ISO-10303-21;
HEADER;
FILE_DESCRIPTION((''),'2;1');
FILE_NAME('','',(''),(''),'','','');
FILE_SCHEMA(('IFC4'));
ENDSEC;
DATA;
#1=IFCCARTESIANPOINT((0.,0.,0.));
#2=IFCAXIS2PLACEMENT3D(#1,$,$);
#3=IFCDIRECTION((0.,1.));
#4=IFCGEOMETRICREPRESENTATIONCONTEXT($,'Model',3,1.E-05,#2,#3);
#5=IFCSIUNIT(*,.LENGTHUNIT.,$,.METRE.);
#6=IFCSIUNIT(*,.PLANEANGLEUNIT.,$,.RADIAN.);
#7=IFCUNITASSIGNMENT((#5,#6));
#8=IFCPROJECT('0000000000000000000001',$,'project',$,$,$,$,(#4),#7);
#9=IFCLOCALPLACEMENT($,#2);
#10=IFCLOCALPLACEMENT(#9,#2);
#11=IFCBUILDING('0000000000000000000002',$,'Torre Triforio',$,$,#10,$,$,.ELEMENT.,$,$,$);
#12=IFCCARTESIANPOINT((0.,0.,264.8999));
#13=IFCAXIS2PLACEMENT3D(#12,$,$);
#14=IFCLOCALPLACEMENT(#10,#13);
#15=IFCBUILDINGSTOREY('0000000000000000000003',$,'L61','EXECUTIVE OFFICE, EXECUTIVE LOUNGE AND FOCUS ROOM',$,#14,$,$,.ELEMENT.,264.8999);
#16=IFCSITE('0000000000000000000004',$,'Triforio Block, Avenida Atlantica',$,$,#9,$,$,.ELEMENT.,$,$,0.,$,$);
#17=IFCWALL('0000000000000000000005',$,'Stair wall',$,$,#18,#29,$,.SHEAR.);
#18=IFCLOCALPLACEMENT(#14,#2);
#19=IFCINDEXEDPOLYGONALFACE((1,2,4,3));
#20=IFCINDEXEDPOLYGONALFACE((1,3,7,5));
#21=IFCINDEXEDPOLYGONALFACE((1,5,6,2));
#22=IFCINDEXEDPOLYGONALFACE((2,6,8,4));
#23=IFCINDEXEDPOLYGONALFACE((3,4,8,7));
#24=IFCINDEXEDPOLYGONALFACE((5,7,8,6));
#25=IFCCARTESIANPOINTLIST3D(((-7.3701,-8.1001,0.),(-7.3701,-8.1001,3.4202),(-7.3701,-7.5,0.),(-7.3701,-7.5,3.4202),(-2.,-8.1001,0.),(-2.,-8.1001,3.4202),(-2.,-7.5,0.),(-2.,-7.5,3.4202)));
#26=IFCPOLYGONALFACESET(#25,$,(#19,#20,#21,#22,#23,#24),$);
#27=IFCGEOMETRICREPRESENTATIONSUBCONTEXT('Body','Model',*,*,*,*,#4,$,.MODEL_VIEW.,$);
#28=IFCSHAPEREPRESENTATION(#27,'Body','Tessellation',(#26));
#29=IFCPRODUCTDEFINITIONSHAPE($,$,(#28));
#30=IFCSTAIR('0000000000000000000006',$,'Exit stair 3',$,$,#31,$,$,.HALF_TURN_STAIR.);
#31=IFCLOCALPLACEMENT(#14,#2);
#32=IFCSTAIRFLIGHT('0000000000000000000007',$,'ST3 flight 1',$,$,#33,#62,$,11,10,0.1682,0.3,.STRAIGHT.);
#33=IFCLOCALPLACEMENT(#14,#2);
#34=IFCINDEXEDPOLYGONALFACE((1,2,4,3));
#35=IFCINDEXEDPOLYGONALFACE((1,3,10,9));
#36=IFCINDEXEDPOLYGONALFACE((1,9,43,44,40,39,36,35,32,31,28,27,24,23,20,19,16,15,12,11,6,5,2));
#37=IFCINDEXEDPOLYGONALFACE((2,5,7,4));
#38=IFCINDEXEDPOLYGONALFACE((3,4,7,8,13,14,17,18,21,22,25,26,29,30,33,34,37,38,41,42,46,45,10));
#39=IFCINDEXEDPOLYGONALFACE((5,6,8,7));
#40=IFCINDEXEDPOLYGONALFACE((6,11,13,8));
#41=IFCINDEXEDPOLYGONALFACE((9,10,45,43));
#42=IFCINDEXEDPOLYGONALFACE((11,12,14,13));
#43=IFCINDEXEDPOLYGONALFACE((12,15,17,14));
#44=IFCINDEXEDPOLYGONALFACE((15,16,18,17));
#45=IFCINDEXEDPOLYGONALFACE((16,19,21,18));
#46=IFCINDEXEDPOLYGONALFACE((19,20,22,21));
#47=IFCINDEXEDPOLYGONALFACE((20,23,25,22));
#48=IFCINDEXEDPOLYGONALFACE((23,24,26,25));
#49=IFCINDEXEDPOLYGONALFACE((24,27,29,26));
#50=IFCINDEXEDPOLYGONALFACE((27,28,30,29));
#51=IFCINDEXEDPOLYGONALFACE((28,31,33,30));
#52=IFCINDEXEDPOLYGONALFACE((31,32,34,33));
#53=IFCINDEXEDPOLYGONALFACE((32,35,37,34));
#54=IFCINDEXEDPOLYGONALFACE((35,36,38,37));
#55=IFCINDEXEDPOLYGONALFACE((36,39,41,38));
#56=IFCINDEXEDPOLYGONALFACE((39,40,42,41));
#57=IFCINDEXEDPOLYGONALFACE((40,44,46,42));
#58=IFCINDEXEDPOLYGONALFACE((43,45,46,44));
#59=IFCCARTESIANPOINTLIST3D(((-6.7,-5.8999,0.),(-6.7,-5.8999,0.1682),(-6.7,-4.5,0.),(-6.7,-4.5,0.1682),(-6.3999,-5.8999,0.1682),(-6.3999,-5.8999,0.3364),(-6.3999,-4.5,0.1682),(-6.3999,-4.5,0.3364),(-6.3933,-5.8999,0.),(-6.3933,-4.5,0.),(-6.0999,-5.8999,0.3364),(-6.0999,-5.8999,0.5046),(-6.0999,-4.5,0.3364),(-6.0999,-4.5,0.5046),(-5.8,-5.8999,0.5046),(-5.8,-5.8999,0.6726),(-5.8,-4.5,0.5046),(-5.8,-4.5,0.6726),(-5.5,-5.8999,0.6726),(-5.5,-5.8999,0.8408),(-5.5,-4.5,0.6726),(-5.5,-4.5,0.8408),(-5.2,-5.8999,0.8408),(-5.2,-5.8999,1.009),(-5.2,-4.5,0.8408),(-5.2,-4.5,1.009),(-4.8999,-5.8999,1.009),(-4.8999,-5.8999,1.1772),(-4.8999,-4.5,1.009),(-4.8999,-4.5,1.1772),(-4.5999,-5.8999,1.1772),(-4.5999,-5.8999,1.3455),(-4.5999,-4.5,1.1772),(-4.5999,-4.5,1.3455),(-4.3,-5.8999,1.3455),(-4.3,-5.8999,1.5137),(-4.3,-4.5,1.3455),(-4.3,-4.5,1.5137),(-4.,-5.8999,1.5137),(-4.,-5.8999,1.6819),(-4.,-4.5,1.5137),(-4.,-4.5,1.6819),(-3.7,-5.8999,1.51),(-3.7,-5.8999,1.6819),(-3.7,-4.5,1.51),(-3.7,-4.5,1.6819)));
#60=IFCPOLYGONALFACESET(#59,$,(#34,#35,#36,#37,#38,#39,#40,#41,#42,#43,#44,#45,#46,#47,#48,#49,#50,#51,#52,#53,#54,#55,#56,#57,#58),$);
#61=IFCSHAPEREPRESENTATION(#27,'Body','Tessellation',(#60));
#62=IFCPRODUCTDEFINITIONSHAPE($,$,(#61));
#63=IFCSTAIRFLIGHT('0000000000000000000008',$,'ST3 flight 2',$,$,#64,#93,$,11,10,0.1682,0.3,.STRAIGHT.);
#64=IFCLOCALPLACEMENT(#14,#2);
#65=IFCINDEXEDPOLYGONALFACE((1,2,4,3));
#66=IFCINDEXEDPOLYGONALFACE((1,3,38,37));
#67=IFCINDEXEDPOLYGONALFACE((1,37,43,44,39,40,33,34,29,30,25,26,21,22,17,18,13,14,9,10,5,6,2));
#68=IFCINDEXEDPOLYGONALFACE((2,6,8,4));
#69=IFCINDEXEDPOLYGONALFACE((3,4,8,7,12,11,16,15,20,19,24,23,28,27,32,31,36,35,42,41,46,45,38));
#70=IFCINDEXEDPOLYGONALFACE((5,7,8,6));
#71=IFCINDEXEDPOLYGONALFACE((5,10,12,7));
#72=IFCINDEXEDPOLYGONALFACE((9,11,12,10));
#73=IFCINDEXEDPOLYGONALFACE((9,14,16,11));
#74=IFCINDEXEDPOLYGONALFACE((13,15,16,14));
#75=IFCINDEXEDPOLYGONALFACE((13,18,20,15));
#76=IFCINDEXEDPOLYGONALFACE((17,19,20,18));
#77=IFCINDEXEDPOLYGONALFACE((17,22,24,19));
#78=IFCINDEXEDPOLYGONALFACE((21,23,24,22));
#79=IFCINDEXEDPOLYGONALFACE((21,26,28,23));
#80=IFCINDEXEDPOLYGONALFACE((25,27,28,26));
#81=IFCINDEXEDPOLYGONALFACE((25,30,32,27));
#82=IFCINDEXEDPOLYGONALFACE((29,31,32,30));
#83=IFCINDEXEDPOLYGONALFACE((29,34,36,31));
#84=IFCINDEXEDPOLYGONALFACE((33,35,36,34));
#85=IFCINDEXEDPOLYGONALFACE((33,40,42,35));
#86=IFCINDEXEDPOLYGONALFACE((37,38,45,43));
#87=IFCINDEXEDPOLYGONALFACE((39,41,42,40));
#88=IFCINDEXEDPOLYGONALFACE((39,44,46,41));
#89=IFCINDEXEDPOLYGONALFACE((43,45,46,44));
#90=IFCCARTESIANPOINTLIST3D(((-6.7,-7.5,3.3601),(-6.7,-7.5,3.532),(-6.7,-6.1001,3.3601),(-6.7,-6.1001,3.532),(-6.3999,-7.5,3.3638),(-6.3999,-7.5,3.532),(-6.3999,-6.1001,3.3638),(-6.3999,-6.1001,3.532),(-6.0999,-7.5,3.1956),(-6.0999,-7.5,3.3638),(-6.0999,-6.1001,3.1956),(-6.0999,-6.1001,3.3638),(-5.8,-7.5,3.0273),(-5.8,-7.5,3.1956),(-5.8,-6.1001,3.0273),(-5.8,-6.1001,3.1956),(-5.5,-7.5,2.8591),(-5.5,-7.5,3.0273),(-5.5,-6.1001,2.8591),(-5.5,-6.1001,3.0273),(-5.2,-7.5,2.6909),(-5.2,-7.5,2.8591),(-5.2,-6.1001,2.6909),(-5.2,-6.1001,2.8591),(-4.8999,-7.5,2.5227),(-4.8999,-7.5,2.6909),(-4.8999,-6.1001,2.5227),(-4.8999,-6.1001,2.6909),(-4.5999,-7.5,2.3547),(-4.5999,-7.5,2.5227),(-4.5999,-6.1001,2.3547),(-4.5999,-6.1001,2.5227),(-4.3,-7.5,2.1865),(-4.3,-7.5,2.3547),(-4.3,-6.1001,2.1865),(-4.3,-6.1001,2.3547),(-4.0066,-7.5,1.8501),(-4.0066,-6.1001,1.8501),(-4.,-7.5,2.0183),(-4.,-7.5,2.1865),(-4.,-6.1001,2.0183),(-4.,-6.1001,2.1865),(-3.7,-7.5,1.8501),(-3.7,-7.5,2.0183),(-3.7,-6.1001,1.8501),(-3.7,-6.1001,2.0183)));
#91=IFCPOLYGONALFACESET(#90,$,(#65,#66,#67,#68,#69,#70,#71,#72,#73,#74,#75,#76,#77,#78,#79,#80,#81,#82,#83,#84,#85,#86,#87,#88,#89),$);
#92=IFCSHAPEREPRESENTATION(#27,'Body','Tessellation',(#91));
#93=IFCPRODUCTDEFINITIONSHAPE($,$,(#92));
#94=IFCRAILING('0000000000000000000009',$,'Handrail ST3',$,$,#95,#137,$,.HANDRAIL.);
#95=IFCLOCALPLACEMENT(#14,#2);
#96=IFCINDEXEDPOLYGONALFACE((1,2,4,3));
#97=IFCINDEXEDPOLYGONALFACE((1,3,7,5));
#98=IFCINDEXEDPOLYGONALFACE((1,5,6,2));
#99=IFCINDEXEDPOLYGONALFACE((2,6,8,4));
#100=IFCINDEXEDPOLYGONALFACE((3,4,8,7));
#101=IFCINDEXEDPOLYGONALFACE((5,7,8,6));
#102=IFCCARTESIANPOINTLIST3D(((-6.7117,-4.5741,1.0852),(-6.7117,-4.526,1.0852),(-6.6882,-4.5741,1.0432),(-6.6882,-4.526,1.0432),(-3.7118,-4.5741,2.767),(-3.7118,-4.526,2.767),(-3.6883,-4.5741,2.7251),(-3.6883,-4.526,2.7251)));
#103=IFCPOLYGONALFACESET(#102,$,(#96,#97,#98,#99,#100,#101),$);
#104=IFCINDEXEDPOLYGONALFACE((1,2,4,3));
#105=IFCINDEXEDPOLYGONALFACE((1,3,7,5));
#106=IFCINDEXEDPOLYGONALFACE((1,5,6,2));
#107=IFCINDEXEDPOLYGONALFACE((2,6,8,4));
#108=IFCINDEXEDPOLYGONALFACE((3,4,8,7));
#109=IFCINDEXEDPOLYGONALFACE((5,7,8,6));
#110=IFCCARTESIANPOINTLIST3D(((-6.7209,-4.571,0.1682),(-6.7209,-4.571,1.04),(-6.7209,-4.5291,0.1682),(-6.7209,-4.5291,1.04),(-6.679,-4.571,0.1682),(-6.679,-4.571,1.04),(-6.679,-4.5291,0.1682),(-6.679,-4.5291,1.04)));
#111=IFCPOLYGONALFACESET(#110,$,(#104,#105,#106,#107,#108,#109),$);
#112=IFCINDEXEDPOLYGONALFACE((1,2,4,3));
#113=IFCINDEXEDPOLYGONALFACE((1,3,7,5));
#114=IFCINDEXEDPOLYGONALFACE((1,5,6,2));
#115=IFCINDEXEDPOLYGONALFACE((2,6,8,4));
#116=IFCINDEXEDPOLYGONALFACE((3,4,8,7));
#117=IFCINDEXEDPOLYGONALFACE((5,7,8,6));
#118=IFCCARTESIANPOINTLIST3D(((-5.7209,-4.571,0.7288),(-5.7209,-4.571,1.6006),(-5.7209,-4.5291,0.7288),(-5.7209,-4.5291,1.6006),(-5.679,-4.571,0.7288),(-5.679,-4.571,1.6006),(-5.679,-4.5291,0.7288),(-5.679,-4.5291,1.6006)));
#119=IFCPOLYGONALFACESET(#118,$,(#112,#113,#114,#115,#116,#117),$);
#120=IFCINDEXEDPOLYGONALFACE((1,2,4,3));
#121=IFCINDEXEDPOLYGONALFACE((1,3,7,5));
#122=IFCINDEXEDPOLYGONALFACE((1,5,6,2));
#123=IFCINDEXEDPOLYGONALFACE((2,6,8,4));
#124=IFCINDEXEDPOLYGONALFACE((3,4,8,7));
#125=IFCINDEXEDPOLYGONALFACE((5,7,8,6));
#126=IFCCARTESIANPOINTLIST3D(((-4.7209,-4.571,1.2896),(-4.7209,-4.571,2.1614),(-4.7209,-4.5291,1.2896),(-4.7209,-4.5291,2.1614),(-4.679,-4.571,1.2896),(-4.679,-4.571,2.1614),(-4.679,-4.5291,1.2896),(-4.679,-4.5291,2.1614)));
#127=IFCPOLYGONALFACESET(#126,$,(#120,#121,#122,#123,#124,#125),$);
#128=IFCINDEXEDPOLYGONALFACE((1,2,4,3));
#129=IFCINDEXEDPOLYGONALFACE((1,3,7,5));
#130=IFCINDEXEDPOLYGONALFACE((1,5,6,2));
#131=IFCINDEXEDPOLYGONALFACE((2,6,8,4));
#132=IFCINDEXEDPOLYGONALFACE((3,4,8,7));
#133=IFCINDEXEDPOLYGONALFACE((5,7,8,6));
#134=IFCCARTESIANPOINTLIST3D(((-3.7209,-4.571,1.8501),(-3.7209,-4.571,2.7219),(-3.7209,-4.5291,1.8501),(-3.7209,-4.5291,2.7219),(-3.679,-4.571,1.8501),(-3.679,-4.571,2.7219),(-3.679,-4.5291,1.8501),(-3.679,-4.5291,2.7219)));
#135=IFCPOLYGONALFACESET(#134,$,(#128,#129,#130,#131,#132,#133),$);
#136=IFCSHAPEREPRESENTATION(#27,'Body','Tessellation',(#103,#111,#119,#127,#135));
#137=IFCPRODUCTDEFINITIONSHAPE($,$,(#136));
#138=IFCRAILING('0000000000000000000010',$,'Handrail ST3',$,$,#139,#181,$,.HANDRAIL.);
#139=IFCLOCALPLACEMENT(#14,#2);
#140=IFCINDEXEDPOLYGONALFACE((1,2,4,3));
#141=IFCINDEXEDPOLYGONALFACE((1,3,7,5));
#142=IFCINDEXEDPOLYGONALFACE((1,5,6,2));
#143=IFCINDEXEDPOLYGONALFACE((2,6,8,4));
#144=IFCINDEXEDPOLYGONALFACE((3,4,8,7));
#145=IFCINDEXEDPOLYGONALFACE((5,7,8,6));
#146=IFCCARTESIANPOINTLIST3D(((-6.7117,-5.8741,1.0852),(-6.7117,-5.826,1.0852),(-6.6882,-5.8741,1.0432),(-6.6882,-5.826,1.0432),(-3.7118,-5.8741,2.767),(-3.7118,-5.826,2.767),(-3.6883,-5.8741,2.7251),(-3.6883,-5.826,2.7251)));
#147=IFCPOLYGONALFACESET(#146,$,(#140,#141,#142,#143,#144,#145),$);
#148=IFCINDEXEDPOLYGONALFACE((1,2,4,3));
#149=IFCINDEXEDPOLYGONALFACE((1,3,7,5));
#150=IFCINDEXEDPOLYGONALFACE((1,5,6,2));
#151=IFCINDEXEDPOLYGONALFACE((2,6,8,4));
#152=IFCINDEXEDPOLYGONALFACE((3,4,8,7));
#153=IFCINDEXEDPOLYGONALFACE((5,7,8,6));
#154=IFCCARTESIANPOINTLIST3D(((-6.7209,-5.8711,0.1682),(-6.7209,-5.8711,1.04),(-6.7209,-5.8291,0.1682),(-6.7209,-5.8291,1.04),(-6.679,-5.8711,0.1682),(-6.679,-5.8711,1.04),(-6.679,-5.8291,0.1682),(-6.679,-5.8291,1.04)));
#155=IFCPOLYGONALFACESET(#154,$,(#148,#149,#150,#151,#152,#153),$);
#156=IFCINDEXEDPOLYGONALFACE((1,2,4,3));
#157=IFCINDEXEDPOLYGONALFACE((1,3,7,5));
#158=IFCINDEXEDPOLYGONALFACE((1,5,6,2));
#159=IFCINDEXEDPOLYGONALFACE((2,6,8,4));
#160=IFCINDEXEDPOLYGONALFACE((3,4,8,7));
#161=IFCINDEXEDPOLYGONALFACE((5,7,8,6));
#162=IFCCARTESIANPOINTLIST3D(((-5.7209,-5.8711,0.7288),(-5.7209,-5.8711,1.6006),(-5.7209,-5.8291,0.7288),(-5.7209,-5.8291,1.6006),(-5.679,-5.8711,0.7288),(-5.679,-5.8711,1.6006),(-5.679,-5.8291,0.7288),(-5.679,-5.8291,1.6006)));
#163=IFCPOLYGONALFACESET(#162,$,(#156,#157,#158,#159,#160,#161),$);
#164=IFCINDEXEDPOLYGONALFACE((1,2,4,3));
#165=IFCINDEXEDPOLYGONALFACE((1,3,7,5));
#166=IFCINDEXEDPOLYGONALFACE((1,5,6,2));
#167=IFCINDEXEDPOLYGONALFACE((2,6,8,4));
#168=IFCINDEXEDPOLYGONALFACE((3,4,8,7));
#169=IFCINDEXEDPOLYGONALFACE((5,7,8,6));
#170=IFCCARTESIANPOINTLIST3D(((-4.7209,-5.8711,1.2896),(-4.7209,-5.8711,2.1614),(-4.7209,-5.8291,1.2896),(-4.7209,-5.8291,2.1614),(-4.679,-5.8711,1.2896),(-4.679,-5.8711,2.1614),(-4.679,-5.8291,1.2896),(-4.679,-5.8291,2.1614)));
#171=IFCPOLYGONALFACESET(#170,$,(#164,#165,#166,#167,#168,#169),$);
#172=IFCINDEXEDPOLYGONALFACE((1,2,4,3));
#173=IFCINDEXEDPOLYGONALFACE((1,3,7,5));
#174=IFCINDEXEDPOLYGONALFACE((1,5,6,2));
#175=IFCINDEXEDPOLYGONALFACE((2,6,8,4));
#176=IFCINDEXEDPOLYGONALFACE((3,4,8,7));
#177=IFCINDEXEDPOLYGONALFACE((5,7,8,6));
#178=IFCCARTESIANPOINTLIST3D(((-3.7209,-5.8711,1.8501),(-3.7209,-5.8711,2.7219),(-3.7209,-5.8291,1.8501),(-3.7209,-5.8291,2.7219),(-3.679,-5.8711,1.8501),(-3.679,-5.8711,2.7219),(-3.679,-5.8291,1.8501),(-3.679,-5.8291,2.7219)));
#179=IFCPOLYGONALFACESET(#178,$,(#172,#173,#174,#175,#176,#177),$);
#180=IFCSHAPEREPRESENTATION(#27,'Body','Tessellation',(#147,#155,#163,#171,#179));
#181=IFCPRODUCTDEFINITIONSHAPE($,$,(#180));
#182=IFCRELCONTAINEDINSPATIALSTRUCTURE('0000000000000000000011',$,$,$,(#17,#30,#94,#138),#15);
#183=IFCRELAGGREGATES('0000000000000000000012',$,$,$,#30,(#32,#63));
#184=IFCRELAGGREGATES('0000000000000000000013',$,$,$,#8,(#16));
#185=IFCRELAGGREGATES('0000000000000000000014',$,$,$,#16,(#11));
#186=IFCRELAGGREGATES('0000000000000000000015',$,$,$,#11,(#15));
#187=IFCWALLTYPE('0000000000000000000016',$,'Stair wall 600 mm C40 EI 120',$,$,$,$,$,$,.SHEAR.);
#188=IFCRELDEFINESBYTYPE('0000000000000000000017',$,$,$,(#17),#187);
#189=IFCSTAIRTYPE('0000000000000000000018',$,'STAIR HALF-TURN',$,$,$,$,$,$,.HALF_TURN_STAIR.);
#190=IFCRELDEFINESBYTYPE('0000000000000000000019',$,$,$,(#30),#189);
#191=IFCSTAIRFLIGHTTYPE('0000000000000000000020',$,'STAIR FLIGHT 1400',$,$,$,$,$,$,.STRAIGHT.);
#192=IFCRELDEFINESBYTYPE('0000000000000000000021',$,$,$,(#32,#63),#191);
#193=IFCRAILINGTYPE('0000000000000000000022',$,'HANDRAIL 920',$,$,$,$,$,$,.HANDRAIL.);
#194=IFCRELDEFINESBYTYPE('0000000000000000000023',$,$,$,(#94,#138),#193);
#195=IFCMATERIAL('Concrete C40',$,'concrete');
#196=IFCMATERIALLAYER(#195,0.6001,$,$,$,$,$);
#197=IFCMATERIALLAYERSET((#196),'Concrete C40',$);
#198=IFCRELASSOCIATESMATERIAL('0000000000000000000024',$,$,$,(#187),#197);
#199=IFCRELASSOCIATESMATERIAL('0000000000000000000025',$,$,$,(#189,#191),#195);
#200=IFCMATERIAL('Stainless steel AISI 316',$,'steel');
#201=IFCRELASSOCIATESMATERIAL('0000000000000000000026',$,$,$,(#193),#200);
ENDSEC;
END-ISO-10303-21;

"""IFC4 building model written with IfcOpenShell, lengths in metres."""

from ifc_helpers import new_model, si_unit, direction, frame, frame_2d, origin, origin_2d, place, context, subcontext, project, spatial, polyline, rectangle, outline, extrude, material, layer, layer_set, type_object, element, aggregate, save


model = new_model("IFC4")

# Units and contexts
model_context = context("Model", 3, precision=1e-05, world=origin(), true_north=direction((0.0, 1.0)))
body_context = subcontext(model_context, "Body", "Model", "MODEL_VIEW")
ifc_project = project(units=[si_unit("LENGTHUNIT", "METRE"), si_unit("PLANEANGLEUNIT", "RADIAN")], contexts=[model_context])

# Site, building, storey
site_placement = place(None, origin())
site = spatial("IfcSite", under=ifc_project, at=site_placement, Name="Triforio Block, Avenida Atlantica", CompositionType="ELEMENT", RefElevation=0.0)
building_placement = place(site_placement, origin())
building = spatial("IfcBuilding", under=site, at=building_placement, Name="Torre Triforio", CompositionType="ELEMENT")
storey_placement = place(building_placement, frame((0.0, 0.0, 264.8999)))
storey = spatial("IfcBuildingStorey", under=building, at=storey_placement, Name="L61", Description="EXECUTIVE OFFICE, EXECUTIVE LOUNGE AND FOCUS ROOM", CompositionType="ELEMENT", Elevation=264.8999)

# Shared definitions
ifc_material_1 = material(Name="Concrete C40", Category="concrete")

# Wall
ifc_layer_1 = layer(ifc_material_1, 0.6001)
ifc_layer_set_1 = layer_set([ifc_layer_1], Name="Concrete C40")
wall_type_1 = type_object("IfcWallType", Name="Stair wall 600 mm C40 EI 120", PredefinedType="SHEAR", material=ifc_layer_set_1)
wall_1_placement = place(storey_placement, frame((-7.3701, -7.8, 0.0), z_axis=(0.0, 0.0, 1.0), x_axis=(1.0, 0.0, 0.0)))
element("IfcWall", 1, at=wall_1_placement, inside=storey, type_object=wall_type_1, Name="Stair wall", PredefinedType="SHEAR", context=body_context, shape_type="SweptSolid", body=[
    extrude(rectangle(XDim=5.3701, YDim=0.6001, at=frame_2d((2.6851, 0.0))), origin(), (0.0, 0.0, 1.0), 3.4202),
])

# Stair, stair flights
stair_type = type_object("IfcStairType", Name="STAIR HALF-TURN", PredefinedType="HALF_TURN_STAIR", material=ifc_material_1)
stair_placement = place(storey_placement, origin())
stair = element("IfcStair", 2, at=stair_placement, inside=storey, type_object=stair_type, Name="Exit stair 3", PredefinedType="HALF_TURN_STAIR")
stair_flight_type = type_object("IfcStairFlightType", Name="STAIR FLIGHT 1400", PredefinedType="STRAIGHT", material=ifc_material_1)
stair_flight_1_placement = place(storey_placement, frame((-6.7, -5.2, 0.0), z_axis=(0.0, 0.0, 1.0), x_axis=(1.0, 0.0, 0.0)))
stair_flight_1 = element("IfcStairFlight", 3, at=stair_flight_1_placement, type_object=stair_flight_type, Name="ST3 flight 1", NumberOfRisers=11, NumberOfTreads=10, PredefinedType="STRAIGHT", RiserHeight=0.1682, TreadLength=0.3, context=body_context, shape_type="SweptSolid", body=[
    extrude(outline(polyline([(0.0, 0.0), (0.0, 0.1682), (0.3, 0.1682), (0.3, 0.3364), (0.6001, 0.3364), (0.6001, 0.5046), (0.8999, 0.5046), (0.8999, 0.6726), (1.2, 0.6726), (1.2, 0.8408), (1.5, 0.8408), (1.5, 1.009), (1.8, 1.009), (1.8, 1.1772), (2.1001, 1.1772), (2.1001, 1.3455), (2.3999, 1.3455), (2.3999, 1.5137), (2.7, 1.5137), (2.7, 1.6819), (3.0, 1.6819), (3.0, 1.8501), (3.0, 1.51), (0.3066, 0.0), (0.0, 0.0)])), frame((0.0, 0.7, 0.0), z_axis=(0.0, -1.0, 0.0), x_axis=(1.0, 0.0, 0.0)), (0.0, 0.0, 1.0), 1.3999),
])
stair_flight_2_placement = place(storey_placement, frame((-3.7, -6.8, 1.8501), z_axis=(0.0, 0.0, 1.0), x_axis=(-1.0, 0.0, 0.0)))
stair_flight_2 = element("IfcStairFlight", 4, at=stair_flight_2_placement, type_object=stair_flight_type, Name="ST3 flight 2", NumberOfRisers=11, NumberOfTreads=10, PredefinedType="STRAIGHT", RiserHeight=0.1682, TreadLength=0.3, context=body_context, shape_type="SweptSolid", body=[
    extrude(outline(polyline([(0.0, 0.0), (0.0, 0.1682), (0.3, 0.1682), (0.3, 0.3364), (0.6001, 0.3364), (0.6001, 0.5046), (0.8999, 0.5046), (0.8999, 0.6726), (1.2, 0.6726), (1.2, 0.8408), (1.5, 0.8408), (1.5, 1.009), (1.8, 1.009), (1.8, 1.1772), (2.1001, 1.1772), (2.1001, 1.3455), (2.3999, 1.3455), (2.3999, 1.5137), (2.7, 1.5137), (2.7, 1.6819), (3.0, 1.6819), (3.0, 1.8501), (3.0, 1.51), (0.3066, 0.0), (0.0, 0.0)])), frame((0.0, 0.7, 0.0), z_axis=(0.0, -1.0, 0.0), x_axis=(1.0, 0.0, 0.0)), (0.0, 0.0, 1.0), 1.3999),
])
aggregate(stair, [stair_flight_1, stair_flight_2])

# Railings
ifc_material_2 = material(Name="Stainless steel AISI 316", Category="steel")
railing_type = type_object("IfcRailingType", Name="HANDRAIL 920", PredefinedType="HANDRAIL", material=ifc_material_2)
for number, where, name in (
    (5, (-6.7, -4.55, 0.1682), "Handrail ST3"),
    (6, (-6.7, -5.8501, 0.1682), "Handrail ST3"),
):
    element("IfcRailing", number, at=place(storey_placement, frame(where)), inside=storey, type_object=railing_type, Name=name, PredefinedType="HANDRAIL", context=body_context, shape_type="SweptSolid", body=[
        extrude(rectangle(XDim=0.0481, YDim=0.0481, at=origin_2d()), frame((0.0, 0.0, 0.896), z_axis=(0.872272, 0.0, 0.48902), x_axis=(0.0, 1.0, 0.0)), (0.0, 0.0, 1.0), 3.4392),
        extrude(rectangle(XDim=0.042, YDim=0.042, at=origin_2d()), origin(), (0.0, 0.0, 1.0), 0.8718),
        extrude(rectangle(XDim=0.042, YDim=0.042, at=origin_2d()), frame((1.0, 0.0, 0.5605)), (0.0, 0.0, 1.0), 0.8718),
        extrude(rectangle(XDim=0.042, YDim=0.042, at=origin_2d()), frame((2.0, 0.0, 1.1213)), (0.0, 0.0, 1.0), 0.8718),
        extrude(rectangle(XDim=0.042, YDim=0.042, at=origin_2d()), frame((3.0, 0.0, 1.6819)), (0.0, 0.0, 1.0), 0.8718),
    ])

save(model, "model.ifc")
